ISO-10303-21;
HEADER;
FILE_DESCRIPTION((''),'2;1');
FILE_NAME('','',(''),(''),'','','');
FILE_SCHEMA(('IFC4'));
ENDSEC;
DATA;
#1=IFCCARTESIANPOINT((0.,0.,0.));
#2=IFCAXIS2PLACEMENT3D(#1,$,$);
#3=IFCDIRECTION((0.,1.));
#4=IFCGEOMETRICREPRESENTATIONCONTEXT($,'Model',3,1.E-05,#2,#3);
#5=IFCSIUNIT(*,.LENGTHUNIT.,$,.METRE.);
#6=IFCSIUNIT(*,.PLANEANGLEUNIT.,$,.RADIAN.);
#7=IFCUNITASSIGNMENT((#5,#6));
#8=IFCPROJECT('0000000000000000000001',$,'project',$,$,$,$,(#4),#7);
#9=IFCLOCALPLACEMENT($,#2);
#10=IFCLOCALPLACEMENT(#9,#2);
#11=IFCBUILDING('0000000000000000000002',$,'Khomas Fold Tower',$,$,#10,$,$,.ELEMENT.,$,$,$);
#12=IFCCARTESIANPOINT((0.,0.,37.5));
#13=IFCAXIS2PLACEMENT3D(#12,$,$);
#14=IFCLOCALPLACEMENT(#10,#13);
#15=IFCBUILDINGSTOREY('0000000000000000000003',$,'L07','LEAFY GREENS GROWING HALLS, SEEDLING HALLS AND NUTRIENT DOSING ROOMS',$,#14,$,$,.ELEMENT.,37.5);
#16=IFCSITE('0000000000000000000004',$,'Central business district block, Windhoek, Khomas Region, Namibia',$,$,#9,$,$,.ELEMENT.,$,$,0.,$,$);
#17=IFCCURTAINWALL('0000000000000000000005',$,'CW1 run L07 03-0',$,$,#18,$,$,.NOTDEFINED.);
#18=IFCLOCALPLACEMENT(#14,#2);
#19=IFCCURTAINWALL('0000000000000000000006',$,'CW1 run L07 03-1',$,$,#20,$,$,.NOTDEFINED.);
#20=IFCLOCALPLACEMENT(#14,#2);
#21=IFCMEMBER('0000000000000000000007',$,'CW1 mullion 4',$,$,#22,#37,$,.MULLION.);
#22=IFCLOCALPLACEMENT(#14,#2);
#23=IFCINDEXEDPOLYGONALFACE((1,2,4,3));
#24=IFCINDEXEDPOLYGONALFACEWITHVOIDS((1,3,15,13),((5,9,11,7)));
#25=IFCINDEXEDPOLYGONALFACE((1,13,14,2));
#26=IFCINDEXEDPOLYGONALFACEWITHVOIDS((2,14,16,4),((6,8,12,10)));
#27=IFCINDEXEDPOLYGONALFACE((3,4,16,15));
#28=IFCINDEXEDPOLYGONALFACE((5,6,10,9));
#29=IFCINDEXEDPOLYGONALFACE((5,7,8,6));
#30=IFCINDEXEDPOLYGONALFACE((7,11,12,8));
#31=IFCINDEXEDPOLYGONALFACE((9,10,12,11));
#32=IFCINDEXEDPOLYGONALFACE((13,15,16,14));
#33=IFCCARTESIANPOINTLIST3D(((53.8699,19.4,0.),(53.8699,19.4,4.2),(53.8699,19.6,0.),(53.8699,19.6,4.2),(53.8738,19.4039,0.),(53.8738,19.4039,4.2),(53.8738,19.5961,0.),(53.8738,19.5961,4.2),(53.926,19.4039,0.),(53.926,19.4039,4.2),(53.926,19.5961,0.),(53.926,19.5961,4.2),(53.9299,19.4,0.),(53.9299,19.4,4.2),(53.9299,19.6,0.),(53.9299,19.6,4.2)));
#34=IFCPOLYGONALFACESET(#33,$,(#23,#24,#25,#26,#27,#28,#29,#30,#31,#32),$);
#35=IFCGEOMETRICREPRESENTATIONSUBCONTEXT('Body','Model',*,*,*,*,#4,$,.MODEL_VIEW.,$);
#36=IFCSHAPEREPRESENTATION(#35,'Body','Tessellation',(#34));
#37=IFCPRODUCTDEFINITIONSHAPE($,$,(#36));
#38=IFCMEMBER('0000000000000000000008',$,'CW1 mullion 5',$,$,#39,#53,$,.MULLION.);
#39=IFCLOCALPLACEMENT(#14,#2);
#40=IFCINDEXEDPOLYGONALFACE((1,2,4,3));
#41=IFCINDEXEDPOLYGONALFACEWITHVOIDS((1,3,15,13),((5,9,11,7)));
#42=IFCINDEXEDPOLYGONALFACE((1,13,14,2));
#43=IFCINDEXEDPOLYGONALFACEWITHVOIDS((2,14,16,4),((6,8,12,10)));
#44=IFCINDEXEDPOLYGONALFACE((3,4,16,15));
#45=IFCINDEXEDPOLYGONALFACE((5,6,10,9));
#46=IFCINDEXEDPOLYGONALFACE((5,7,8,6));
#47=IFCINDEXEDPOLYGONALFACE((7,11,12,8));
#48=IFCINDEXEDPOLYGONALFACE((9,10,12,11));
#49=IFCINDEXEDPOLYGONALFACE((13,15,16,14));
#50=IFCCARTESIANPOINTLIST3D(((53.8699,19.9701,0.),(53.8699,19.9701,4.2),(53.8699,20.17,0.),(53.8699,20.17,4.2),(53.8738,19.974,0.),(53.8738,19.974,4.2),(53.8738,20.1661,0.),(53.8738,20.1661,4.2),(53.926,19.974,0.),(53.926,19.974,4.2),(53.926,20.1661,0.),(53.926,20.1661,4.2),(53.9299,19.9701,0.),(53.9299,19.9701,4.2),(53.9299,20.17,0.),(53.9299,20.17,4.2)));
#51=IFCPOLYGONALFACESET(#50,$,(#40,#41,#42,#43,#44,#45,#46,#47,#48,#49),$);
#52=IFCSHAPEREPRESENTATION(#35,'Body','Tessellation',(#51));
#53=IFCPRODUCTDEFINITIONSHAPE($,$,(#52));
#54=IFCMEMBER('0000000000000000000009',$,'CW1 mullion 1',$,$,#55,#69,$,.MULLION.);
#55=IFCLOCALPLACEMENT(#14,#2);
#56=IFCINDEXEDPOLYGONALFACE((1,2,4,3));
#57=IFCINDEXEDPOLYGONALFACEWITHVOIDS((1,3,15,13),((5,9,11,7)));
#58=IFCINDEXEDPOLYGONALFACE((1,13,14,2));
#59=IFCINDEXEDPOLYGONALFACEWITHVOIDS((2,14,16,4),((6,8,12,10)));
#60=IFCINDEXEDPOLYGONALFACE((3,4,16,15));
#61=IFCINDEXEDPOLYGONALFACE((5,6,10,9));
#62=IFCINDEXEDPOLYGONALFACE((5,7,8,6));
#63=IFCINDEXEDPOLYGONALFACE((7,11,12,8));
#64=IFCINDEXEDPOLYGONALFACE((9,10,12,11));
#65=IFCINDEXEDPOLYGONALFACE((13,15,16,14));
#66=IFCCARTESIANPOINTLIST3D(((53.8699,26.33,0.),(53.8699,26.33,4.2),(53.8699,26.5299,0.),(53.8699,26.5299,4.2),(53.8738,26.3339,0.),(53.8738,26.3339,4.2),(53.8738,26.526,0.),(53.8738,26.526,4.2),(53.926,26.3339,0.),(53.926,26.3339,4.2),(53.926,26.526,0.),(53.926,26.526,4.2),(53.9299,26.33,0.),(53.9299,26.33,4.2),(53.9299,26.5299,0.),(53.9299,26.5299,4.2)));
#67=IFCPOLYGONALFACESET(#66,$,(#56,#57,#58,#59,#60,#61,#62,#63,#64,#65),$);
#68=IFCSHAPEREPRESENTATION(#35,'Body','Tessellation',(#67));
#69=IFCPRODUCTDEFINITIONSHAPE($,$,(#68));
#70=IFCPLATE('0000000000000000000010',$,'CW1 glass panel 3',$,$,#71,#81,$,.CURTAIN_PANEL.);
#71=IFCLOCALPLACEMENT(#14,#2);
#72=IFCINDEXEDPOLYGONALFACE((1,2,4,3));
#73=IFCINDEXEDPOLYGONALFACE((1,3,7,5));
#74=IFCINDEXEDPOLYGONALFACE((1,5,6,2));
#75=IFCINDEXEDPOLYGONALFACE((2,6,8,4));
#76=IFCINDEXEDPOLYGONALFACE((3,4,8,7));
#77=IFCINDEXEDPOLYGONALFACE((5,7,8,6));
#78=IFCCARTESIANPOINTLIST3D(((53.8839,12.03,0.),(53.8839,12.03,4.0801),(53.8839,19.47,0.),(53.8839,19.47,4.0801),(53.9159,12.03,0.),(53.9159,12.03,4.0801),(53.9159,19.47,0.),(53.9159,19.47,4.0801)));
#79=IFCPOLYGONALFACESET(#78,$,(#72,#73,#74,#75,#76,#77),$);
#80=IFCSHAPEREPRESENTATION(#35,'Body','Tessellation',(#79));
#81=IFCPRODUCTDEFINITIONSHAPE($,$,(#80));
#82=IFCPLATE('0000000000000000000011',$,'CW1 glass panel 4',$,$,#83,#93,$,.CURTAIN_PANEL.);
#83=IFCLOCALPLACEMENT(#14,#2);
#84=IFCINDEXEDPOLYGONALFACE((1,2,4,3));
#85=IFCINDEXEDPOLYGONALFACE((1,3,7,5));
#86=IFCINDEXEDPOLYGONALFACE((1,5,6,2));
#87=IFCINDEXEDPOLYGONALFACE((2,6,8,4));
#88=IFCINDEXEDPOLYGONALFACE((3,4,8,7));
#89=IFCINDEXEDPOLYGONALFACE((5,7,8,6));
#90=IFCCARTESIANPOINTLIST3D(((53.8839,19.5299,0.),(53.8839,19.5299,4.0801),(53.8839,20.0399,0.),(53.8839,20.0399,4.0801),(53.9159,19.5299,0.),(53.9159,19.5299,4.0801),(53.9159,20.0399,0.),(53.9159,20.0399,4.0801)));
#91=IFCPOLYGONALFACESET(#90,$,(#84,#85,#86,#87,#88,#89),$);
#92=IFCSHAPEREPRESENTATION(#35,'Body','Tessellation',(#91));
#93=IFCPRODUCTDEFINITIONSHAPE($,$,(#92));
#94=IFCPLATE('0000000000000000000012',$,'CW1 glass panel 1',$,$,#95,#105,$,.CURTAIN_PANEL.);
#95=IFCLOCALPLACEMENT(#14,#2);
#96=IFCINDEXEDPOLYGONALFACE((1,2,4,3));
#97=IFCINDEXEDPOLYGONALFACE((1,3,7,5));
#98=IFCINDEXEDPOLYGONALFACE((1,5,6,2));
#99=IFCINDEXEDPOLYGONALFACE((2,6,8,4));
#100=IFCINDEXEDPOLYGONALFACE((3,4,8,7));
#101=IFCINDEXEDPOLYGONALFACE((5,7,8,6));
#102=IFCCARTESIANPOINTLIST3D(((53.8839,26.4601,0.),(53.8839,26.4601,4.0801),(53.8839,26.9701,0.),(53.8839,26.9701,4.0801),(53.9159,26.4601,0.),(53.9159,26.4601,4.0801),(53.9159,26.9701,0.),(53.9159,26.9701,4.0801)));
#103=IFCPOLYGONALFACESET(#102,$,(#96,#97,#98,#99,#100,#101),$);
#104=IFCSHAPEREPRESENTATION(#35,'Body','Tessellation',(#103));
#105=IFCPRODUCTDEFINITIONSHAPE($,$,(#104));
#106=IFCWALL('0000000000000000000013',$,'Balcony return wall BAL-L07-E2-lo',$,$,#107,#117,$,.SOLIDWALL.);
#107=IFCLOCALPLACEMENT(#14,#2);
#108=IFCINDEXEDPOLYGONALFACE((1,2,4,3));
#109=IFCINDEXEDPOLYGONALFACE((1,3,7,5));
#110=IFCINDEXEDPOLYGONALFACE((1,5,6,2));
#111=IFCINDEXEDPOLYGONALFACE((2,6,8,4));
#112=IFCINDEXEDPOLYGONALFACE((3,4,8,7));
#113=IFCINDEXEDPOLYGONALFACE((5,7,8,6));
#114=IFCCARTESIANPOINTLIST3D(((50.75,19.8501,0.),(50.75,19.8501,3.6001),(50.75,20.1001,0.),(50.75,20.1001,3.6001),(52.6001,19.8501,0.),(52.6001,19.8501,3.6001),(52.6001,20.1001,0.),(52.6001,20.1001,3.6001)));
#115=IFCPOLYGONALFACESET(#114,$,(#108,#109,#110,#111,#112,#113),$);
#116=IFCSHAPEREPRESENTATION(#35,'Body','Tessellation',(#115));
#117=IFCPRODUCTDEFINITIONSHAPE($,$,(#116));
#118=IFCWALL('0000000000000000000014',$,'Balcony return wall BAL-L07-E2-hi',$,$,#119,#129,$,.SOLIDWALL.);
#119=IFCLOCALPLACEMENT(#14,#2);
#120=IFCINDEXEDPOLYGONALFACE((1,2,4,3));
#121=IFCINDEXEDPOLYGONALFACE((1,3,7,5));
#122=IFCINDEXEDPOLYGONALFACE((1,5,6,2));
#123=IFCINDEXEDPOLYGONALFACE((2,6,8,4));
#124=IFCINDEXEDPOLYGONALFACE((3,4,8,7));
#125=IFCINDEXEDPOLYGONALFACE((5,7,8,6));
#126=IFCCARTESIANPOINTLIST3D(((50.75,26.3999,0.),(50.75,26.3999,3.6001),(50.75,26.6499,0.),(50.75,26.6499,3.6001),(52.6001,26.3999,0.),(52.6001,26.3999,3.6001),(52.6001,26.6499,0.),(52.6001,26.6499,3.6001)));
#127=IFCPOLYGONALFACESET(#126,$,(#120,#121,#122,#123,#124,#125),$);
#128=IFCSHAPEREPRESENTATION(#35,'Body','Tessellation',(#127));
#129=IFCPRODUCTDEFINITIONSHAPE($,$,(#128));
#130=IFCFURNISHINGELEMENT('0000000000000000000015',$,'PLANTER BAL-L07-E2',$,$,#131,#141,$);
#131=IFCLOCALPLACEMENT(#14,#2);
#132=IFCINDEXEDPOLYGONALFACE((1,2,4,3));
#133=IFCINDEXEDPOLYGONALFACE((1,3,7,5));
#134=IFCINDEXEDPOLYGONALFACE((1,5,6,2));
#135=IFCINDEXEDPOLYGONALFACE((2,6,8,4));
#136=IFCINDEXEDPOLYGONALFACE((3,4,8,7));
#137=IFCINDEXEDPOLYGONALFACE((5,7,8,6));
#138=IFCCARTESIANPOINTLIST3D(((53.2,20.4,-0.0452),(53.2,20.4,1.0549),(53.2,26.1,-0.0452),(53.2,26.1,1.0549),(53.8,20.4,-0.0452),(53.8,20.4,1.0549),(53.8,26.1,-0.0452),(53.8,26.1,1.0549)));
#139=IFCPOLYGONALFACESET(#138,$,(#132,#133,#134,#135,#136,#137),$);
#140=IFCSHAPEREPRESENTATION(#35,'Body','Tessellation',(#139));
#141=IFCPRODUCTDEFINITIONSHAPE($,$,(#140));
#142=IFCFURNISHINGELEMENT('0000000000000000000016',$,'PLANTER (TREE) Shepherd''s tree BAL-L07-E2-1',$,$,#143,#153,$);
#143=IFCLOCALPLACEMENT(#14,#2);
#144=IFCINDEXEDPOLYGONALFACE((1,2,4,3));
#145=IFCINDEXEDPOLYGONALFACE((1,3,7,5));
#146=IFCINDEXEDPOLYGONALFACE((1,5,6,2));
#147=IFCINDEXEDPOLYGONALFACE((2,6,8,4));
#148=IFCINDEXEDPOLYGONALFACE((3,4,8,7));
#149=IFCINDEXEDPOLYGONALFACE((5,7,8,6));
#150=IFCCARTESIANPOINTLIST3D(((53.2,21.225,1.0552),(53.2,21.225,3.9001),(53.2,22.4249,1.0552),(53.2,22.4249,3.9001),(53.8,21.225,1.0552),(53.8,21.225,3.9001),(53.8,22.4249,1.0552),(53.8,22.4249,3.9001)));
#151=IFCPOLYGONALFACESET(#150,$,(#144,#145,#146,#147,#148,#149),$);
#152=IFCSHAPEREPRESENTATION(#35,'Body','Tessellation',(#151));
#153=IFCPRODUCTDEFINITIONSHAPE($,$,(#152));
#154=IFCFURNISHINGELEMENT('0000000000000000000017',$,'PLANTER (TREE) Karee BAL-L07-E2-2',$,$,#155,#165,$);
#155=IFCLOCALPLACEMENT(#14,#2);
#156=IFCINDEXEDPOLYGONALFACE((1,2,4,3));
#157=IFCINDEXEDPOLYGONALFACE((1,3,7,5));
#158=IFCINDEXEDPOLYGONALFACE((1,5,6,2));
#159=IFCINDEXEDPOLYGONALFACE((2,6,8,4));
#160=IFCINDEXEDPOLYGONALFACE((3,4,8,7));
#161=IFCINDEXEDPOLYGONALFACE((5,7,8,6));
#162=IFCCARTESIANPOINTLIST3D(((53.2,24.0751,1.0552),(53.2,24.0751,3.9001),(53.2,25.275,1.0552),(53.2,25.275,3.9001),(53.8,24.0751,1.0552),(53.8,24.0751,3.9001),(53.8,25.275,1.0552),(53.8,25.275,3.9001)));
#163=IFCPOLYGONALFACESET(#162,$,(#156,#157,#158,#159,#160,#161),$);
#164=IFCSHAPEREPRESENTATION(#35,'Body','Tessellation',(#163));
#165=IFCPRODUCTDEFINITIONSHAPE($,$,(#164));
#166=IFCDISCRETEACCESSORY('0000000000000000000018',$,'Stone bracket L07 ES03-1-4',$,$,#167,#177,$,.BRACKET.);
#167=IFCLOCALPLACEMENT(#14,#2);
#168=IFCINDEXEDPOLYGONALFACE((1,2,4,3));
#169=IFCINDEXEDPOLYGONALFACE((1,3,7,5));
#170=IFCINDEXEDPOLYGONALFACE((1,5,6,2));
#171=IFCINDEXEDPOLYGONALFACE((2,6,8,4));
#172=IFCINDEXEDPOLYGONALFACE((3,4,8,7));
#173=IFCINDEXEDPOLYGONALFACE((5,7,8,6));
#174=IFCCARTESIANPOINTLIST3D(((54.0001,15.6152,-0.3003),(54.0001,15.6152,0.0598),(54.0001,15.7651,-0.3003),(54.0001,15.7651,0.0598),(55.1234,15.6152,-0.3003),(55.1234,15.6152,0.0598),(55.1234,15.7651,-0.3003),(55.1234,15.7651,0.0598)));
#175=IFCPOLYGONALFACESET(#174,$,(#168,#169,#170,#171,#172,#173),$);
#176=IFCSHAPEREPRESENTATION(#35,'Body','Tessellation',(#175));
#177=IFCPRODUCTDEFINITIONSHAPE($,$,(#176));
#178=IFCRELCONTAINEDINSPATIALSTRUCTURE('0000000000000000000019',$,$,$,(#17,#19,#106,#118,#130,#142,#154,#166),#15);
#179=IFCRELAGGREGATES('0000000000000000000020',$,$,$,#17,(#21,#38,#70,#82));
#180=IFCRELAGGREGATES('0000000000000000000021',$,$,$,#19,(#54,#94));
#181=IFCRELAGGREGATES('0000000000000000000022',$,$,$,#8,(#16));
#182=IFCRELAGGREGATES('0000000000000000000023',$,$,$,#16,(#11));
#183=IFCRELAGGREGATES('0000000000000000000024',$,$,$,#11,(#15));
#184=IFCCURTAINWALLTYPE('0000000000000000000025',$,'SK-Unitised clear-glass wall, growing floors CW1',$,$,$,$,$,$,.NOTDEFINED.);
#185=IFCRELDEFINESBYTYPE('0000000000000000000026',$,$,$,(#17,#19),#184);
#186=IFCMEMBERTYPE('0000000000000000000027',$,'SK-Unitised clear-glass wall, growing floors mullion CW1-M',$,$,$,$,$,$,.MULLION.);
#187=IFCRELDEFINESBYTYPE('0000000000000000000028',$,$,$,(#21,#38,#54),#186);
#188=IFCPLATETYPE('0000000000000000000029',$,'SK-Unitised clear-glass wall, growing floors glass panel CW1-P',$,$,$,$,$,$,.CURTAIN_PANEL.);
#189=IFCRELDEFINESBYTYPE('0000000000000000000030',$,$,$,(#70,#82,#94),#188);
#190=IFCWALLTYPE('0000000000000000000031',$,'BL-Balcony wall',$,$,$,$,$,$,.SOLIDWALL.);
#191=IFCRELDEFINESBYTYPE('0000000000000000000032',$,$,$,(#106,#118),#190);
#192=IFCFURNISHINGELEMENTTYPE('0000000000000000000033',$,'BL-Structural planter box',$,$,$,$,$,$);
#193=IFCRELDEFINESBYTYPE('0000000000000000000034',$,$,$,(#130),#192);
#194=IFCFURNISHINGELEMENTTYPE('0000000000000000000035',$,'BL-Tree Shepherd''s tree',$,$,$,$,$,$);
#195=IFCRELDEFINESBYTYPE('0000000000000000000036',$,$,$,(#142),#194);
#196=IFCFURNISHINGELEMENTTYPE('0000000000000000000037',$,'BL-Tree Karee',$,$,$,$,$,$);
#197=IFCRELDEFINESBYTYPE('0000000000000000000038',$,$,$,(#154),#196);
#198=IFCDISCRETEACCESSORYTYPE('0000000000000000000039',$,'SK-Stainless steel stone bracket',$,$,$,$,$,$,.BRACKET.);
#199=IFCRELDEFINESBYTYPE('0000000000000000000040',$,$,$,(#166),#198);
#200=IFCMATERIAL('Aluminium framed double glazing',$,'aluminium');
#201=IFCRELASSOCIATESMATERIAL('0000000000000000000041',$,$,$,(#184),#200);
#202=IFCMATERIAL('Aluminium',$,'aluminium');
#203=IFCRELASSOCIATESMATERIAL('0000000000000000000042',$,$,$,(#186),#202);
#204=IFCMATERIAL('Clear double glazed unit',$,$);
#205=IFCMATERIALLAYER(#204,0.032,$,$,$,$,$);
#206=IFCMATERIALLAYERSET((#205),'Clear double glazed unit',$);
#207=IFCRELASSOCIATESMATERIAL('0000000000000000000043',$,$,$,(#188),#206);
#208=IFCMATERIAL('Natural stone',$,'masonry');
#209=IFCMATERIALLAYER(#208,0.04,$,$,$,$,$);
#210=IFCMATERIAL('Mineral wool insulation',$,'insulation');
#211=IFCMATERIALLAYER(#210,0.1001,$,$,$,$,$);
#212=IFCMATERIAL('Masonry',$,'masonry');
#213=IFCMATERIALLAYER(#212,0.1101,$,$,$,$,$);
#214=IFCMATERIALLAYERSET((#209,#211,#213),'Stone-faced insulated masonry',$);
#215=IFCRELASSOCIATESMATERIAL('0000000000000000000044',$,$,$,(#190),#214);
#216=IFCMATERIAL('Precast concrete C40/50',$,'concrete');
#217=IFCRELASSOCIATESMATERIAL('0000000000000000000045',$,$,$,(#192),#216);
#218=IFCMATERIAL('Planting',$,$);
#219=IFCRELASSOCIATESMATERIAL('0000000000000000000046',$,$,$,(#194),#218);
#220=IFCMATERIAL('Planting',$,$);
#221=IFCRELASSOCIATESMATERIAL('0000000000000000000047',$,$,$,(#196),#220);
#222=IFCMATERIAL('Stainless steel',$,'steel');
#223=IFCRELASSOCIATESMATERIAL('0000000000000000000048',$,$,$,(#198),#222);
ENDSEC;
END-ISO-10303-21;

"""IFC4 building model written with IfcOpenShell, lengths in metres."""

from ifc_helpers import new_model, si_unit, direction, frame, frame_2d, origin, origin_2d, place, context, subcontext, project, spatial, rectangle, hollow_rectangle, extrude, source, transform, mapped, material, layer, layer_set, material_profile, profile_set, type_object, element, aggregate, save


model = new_model("IFC4")

# Units and contexts
model_context = context("Model", 3, precision=1e-05, world=origin(), true_north=direction((0.0, 1.0)))
body_context = subcontext(model_context, "Body", "Model", "MODEL_VIEW")
ifc_project = project(units=[si_unit("LENGTHUNIT", "METRE"), si_unit("PLANEANGLEUNIT", "RADIAN")], contexts=[model_context])

# Site, building, storey
site_placement = place(None, origin())
site = spatial("IfcSite", under=ifc_project, at=site_placement, Name="Central business district block, Windhoek, Khomas Region, Namibia", CompositionType="ELEMENT", RefElevation=0.0)
building_placement = place(site_placement, origin())
building = spatial("IfcBuilding", under=site, at=building_placement, Name="Khomas Fold Tower", CompositionType="ELEMENT")
storey_placement = place(building_placement, frame((0.0, 0.0, 37.5)))
storey = spatial("IfcBuildingStorey", under=building, at=storey_placement, Name="L07", Description="LEAFY GREENS GROWING HALLS, SEEDLING HALLS AND NUTRIENT DOSING ROOMS", CompositionType="ELEMENT", Elevation=37.5)

# Curtain wall
ifc_material_1 = material(Name="Aluminium framed double glazing", Category="aluminium")
curtain_wall_type = type_object("IfcCurtainWallType", Name="SK-Unitised clear-glass wall, growing floors CW1", PredefinedType="NOTDEFINED", material=ifc_material_1)
curtain_wall_1_placement = place(storey_placement, origin())
curtain_wall_1 = element("IfcCurtainWall", 1, at=curtain_wall_1_placement, inside=storey, type_object=curtain_wall_type, Name="CW1 run L07 03-0", PredefinedType="NOTDEFINED")

# Curtain wall
curtain_wall_2_placement = place(storey_placement, origin())
curtain_wall_2 = element("IfcCurtainWall", 2, at=curtain_wall_2_placement, inside=storey, type_object=curtain_wall_type, Name="CW1 run L07 03-1", PredefinedType="NOTDEFINED")

# Members
ifc_material_2 = material(Name="Aluminium", Category="aluminium")
ifc_material_profile_1 = material_profile(ifc_material_2, hollow_rectangle(XDim=0.0601, YDim=0.2, WallThickness=0.0039, at=origin_2d()), Name="SK-Unitised clear-glass wall, growing floors mullion CW1-M")
ifc_profile_set_1 = profile_set([ifc_material_profile_1], Name="Aluminium")
member_type_1 = type_object("IfcMemberType", Name="SK-Unitised clear-glass wall, growing floors mullion CW1-M", PredefinedType="MULLION", material=ifc_profile_set_1)
shared_shape_1 = source(origin(), body_context, "Body", "SweptSolid", [
    extrude(hollow_rectangle(XDim=0.0601, YDim=0.2, WallThickness=0.0039, at=origin_2d()), origin(), (0.0, 0.0, 1.0), 4.2),
])
member_1_placement = place(storey_placement, frame((53.8999, 19.5, 0.0), z_axis=(0.0, 0.0, 1.0), x_axis=(-1.0, 0.0, 0.0)))
member_1 = element("IfcMember", 3, at=member_1_placement, type_object=member_type_1, Name="CW1 mullion 4", PredefinedType="MULLION", context=body_context, shape_type="MappedRepresentation", body=[
    mapped(shared_shape_1, transform((0.0, 0.0, 0.0))),
])
member_2_placement = place(storey_placement, frame((53.8999, 20.0701, 0.0), z_axis=(0.0, 0.0, 1.0), x_axis=(-1.0, 0.0, 0.0)))
member_2 = element("IfcMember", 4, at=member_2_placement, type_object=member_type_1, Name="CW1 mullion 5", PredefinedType="MULLION", context=body_context, shape_type="MappedRepresentation", body=[
    mapped(shared_shape_1, transform((0.0, 0.0, 0.0))),
])
member_3_placement = place(storey_placement, frame((53.8999, 26.4299, 0.0), z_axis=(0.0, 0.0, 1.0), x_axis=(-1.0, 0.0, 0.0)))
member_3 = element("IfcMember", 5, at=member_3_placement, type_object=member_type_1, Name="CW1 mullion 1", PredefinedType="MULLION", context=body_context, shape_type="MappedRepresentation", body=[
    mapped(shared_shape_1, transform((0.0, 0.0, 0.0))),
])

# Plates
ifc_material_3 = material(Name="Clear double glazed unit")
ifc_layer_1 = layer(ifc_material_3, 0.032)
ifc_layer_set_1 = layer_set([ifc_layer_1], Name="Clear double glazed unit")
plate_type = type_object("IfcPlateType", Name="SK-Unitised clear-glass wall, growing floors glass panel CW1-P", PredefinedType="CURTAIN_PANEL", material=ifc_layer_set_1)
shared_shape_2 = source(origin(), body_context, "Body", "SweptSolid", [
    extrude(rectangle(XDim=7.4399, YDim=0.032, at=origin_2d()), origin(), (0.0, 0.0, 1.0), 4.0801),
])
plate_1_placement = place(storey_placement, frame((53.8999, 15.75, 0.0), z_axis=(0.0, 0.0, 1.0), x_axis=(0.0, 1.0, 0.0)))
plate_1 = element("IfcPlate", 6, at=plate_1_placement, type_object=plate_type, Name="CW1 glass panel 3", PredefinedType="CURTAIN_PANEL", context=body_context, shape_type="MappedRepresentation", body=[
    mapped(shared_shape_2, transform((0.0, 0.0, 0.0))),
])
shared_shape_3 = source(origin(), body_context, "Body", "SweptSolid", [
    extrude(rectangle(XDim=0.51, YDim=0.032, at=origin_2d()), origin(), (0.0, 0.0, 1.0), 4.0801),
])
plate_2_placement = place(storey_placement, frame((53.8999, 19.7849, 0.0), z_axis=(0.0, 0.0, 1.0), x_axis=(0.0, 1.0, 0.0)))
plate_2 = element("IfcPlate", 7, at=plate_2_placement, type_object=plate_type, Name="CW1 glass panel 4", PredefinedType="CURTAIN_PANEL", context=body_context, shape_type="MappedRepresentation", body=[
    mapped(shared_shape_3, transform((0.0, 0.0, 0.0))),
])
aggregate(curtain_wall_1, [member_1, member_2, plate_1, plate_2])
plate_3_placement = place(storey_placement, frame((53.8999, 26.7151, 0.0), z_axis=(0.0, 0.0, 1.0), x_axis=(0.0, 1.0, 0.0)))
plate_3 = element("IfcPlate", 8, at=plate_3_placement, type_object=plate_type, Name="CW1 glass panel 1", PredefinedType="CURTAIN_PANEL", context=body_context, shape_type="MappedRepresentation", body=[
    mapped(shared_shape_3, transform((0.0, 0.0, 0.0))),
])
aggregate(curtain_wall_2, [member_3, plate_3])

# Shared definitions
ifc_material_4 = material(Name="Natural stone", Category="masonry")
ifc_layer_2 = layer(ifc_material_4, 0.04)
ifc_material_5 = material(Name="Mineral wool insulation", Category="insulation")
ifc_layer_3 = layer(ifc_material_5, 0.1001)
ifc_material_6 = material(Name="Masonry", Category="masonry")
ifc_layer_4 = layer(ifc_material_6, 0.1101)
ifc_layer_set_2 = layer_set([ifc_layer_2, ifc_layer_3, ifc_layer_4], Name="Stone-faced insulated masonry")
wall_type = type_object("IfcWallType", Name="BL-Balcony wall", PredefinedType="SOLIDWALL", material=ifc_layer_set_2)

# Walls
shared_shape_4 = source(origin(), body_context, "Body", "SweptSolid", [
    extrude(rectangle(XDim=1.8501, YDim=0.25, at=frame_2d((0.925, 0.0))), origin(), (0.0, 0.0, 1.0), 3.6001),
])
for number, where, z_axis, x_axis, name in (
    (9, (52.6001, 19.9751, 0.0), (0.0, 0.0, 1.0), (-1.0, 0.0, 0.0), "Balcony return wall BAL-L07-E2-lo"),
    (10, (52.6001, 26.5249, 0.0), (0.0, 0.0, 1.0), (-1.0, 0.0, 0.0), "Balcony return wall BAL-L07-E2-hi"),
):
    element("IfcWall", number, at=place(storey_placement, frame(where, z_axis=z_axis, x_axis=x_axis)), inside=storey, type_object=wall_type, Name=name, PredefinedType="SOLIDWALL", context=body_context, shape_type="MappedRepresentation", body=[
        mapped(shared_shape_4, transform((0.0, 0.0, 0.0))),
    ])

# Furnishing elements
ifc_material_7 = material(Name="Precast concrete C40/50", Category="concrete")
furnishing_element_type_1 = type_object("IfcFurnishingElementType", Name="BL-Structural planter box", material=ifc_material_7)
shared_shape_5 = source(origin(), body_context, "Body", "SweptSolid", [
    extrude(rectangle(XDim=5.7, YDim=0.6001, at=origin_2d()), origin(), (0.0, 0.0, 1.0), 1.1001),
])
furnishing_1_placement = place(storey_placement, frame((53.5, 23.25, -0.0452), z_axis=(0.0, 0.0, 1.0), x_axis=(0.0, 1.0, 0.0)))
element("IfcFurnishingElement", 11, at=furnishing_1_placement, inside=storey, type_object=furnishing_element_type_1, Name="PLANTER BAL-L07-E2", context=body_context, shape_type="MappedRepresentation", body=[
    mapped(shared_shape_5, transform((0.0, 0.0, 0.0))),
])
ifc_material_8 = material(Name="Planting")
furnishing_element_type_2 = type_object("IfcFurnishingElementType", Name="BL-Tree Shepherd's tree", material=ifc_material_8)
shared_shape_6 = source(origin(), body_context, "Body", "SweptSolid", [
    extrude(rectangle(XDim=1.2, YDim=0.6001, at=origin_2d()), origin(), (0.0, 0.0, 1.0), 2.845),
])
furnishing_2_placement = place(storey_placement, frame((53.5, 21.825, 1.0552), z_axis=(0.0, 0.0, 1.0), x_axis=(0.0, 1.0, 0.0)))
element("IfcFurnishingElement", 12, at=furnishing_2_placement, inside=storey, type_object=furnishing_element_type_2, Name="PLANTER (TREE) Shepherd's tree BAL-L07-E2-1", context=body_context, shape_type="MappedRepresentation", body=[
    mapped(shared_shape_6, transform((0.0, 0.0, 0.0))),
])
ifc_material_9 = material(Name="Planting")
furnishing_element_type_3 = type_object("IfcFurnishingElementType", Name="BL-Tree Karee", material=ifc_material_9)
furnishing_3_placement = place(storey_placement, frame((53.5, 24.675, 1.0552), z_axis=(0.0, 0.0, 1.0), x_axis=(0.0, 1.0, 0.0)))
element("IfcFurnishingElement", 13, at=furnishing_3_placement, inside=storey, type_object=furnishing_element_type_3, Name="PLANTER (TREE) Karee BAL-L07-E2-2", context=body_context, shape_type="MappedRepresentation", body=[
    mapped(shared_shape_6, transform((0.0, 0.0, 0.0))),
])

# Discrete accessory
ifc_material_10 = material(Name="Stainless steel", Category="steel")
discrete_accessory_type = type_object("IfcDiscreteAccessoryType", Name="SK-Stainless steel stone bracket", PredefinedType="BRACKET", material=ifc_material_10)
shared_shape_7 = source(origin(), body_context, "Body", "SweptSolid", [
    extrude(rectangle(XDim=1.1233, YDim=0.1499, at=origin_2d()), origin(), (0.0, 0.0, 1.0), 0.3601),
])
discrete_accessory_placement = place(storey_placement, frame((54.5618, 15.6902, -0.3003), z_axis=(0.0, 0.0, 1.0), x_axis=(1.0, 0.0, 0.0)))
element("IfcDiscreteAccessory", 14, at=discrete_accessory_placement, inside=storey, type_object=discrete_accessory_type, Name="Stone bracket L07 ES03-1-4", PredefinedType="BRACKET", context=body_context, shape_type="MappedRepresentation", body=[
    mapped(shared_shape_7, transform((0.0, 0.0, 0.0))),
])

save(model, "model.ifc")
